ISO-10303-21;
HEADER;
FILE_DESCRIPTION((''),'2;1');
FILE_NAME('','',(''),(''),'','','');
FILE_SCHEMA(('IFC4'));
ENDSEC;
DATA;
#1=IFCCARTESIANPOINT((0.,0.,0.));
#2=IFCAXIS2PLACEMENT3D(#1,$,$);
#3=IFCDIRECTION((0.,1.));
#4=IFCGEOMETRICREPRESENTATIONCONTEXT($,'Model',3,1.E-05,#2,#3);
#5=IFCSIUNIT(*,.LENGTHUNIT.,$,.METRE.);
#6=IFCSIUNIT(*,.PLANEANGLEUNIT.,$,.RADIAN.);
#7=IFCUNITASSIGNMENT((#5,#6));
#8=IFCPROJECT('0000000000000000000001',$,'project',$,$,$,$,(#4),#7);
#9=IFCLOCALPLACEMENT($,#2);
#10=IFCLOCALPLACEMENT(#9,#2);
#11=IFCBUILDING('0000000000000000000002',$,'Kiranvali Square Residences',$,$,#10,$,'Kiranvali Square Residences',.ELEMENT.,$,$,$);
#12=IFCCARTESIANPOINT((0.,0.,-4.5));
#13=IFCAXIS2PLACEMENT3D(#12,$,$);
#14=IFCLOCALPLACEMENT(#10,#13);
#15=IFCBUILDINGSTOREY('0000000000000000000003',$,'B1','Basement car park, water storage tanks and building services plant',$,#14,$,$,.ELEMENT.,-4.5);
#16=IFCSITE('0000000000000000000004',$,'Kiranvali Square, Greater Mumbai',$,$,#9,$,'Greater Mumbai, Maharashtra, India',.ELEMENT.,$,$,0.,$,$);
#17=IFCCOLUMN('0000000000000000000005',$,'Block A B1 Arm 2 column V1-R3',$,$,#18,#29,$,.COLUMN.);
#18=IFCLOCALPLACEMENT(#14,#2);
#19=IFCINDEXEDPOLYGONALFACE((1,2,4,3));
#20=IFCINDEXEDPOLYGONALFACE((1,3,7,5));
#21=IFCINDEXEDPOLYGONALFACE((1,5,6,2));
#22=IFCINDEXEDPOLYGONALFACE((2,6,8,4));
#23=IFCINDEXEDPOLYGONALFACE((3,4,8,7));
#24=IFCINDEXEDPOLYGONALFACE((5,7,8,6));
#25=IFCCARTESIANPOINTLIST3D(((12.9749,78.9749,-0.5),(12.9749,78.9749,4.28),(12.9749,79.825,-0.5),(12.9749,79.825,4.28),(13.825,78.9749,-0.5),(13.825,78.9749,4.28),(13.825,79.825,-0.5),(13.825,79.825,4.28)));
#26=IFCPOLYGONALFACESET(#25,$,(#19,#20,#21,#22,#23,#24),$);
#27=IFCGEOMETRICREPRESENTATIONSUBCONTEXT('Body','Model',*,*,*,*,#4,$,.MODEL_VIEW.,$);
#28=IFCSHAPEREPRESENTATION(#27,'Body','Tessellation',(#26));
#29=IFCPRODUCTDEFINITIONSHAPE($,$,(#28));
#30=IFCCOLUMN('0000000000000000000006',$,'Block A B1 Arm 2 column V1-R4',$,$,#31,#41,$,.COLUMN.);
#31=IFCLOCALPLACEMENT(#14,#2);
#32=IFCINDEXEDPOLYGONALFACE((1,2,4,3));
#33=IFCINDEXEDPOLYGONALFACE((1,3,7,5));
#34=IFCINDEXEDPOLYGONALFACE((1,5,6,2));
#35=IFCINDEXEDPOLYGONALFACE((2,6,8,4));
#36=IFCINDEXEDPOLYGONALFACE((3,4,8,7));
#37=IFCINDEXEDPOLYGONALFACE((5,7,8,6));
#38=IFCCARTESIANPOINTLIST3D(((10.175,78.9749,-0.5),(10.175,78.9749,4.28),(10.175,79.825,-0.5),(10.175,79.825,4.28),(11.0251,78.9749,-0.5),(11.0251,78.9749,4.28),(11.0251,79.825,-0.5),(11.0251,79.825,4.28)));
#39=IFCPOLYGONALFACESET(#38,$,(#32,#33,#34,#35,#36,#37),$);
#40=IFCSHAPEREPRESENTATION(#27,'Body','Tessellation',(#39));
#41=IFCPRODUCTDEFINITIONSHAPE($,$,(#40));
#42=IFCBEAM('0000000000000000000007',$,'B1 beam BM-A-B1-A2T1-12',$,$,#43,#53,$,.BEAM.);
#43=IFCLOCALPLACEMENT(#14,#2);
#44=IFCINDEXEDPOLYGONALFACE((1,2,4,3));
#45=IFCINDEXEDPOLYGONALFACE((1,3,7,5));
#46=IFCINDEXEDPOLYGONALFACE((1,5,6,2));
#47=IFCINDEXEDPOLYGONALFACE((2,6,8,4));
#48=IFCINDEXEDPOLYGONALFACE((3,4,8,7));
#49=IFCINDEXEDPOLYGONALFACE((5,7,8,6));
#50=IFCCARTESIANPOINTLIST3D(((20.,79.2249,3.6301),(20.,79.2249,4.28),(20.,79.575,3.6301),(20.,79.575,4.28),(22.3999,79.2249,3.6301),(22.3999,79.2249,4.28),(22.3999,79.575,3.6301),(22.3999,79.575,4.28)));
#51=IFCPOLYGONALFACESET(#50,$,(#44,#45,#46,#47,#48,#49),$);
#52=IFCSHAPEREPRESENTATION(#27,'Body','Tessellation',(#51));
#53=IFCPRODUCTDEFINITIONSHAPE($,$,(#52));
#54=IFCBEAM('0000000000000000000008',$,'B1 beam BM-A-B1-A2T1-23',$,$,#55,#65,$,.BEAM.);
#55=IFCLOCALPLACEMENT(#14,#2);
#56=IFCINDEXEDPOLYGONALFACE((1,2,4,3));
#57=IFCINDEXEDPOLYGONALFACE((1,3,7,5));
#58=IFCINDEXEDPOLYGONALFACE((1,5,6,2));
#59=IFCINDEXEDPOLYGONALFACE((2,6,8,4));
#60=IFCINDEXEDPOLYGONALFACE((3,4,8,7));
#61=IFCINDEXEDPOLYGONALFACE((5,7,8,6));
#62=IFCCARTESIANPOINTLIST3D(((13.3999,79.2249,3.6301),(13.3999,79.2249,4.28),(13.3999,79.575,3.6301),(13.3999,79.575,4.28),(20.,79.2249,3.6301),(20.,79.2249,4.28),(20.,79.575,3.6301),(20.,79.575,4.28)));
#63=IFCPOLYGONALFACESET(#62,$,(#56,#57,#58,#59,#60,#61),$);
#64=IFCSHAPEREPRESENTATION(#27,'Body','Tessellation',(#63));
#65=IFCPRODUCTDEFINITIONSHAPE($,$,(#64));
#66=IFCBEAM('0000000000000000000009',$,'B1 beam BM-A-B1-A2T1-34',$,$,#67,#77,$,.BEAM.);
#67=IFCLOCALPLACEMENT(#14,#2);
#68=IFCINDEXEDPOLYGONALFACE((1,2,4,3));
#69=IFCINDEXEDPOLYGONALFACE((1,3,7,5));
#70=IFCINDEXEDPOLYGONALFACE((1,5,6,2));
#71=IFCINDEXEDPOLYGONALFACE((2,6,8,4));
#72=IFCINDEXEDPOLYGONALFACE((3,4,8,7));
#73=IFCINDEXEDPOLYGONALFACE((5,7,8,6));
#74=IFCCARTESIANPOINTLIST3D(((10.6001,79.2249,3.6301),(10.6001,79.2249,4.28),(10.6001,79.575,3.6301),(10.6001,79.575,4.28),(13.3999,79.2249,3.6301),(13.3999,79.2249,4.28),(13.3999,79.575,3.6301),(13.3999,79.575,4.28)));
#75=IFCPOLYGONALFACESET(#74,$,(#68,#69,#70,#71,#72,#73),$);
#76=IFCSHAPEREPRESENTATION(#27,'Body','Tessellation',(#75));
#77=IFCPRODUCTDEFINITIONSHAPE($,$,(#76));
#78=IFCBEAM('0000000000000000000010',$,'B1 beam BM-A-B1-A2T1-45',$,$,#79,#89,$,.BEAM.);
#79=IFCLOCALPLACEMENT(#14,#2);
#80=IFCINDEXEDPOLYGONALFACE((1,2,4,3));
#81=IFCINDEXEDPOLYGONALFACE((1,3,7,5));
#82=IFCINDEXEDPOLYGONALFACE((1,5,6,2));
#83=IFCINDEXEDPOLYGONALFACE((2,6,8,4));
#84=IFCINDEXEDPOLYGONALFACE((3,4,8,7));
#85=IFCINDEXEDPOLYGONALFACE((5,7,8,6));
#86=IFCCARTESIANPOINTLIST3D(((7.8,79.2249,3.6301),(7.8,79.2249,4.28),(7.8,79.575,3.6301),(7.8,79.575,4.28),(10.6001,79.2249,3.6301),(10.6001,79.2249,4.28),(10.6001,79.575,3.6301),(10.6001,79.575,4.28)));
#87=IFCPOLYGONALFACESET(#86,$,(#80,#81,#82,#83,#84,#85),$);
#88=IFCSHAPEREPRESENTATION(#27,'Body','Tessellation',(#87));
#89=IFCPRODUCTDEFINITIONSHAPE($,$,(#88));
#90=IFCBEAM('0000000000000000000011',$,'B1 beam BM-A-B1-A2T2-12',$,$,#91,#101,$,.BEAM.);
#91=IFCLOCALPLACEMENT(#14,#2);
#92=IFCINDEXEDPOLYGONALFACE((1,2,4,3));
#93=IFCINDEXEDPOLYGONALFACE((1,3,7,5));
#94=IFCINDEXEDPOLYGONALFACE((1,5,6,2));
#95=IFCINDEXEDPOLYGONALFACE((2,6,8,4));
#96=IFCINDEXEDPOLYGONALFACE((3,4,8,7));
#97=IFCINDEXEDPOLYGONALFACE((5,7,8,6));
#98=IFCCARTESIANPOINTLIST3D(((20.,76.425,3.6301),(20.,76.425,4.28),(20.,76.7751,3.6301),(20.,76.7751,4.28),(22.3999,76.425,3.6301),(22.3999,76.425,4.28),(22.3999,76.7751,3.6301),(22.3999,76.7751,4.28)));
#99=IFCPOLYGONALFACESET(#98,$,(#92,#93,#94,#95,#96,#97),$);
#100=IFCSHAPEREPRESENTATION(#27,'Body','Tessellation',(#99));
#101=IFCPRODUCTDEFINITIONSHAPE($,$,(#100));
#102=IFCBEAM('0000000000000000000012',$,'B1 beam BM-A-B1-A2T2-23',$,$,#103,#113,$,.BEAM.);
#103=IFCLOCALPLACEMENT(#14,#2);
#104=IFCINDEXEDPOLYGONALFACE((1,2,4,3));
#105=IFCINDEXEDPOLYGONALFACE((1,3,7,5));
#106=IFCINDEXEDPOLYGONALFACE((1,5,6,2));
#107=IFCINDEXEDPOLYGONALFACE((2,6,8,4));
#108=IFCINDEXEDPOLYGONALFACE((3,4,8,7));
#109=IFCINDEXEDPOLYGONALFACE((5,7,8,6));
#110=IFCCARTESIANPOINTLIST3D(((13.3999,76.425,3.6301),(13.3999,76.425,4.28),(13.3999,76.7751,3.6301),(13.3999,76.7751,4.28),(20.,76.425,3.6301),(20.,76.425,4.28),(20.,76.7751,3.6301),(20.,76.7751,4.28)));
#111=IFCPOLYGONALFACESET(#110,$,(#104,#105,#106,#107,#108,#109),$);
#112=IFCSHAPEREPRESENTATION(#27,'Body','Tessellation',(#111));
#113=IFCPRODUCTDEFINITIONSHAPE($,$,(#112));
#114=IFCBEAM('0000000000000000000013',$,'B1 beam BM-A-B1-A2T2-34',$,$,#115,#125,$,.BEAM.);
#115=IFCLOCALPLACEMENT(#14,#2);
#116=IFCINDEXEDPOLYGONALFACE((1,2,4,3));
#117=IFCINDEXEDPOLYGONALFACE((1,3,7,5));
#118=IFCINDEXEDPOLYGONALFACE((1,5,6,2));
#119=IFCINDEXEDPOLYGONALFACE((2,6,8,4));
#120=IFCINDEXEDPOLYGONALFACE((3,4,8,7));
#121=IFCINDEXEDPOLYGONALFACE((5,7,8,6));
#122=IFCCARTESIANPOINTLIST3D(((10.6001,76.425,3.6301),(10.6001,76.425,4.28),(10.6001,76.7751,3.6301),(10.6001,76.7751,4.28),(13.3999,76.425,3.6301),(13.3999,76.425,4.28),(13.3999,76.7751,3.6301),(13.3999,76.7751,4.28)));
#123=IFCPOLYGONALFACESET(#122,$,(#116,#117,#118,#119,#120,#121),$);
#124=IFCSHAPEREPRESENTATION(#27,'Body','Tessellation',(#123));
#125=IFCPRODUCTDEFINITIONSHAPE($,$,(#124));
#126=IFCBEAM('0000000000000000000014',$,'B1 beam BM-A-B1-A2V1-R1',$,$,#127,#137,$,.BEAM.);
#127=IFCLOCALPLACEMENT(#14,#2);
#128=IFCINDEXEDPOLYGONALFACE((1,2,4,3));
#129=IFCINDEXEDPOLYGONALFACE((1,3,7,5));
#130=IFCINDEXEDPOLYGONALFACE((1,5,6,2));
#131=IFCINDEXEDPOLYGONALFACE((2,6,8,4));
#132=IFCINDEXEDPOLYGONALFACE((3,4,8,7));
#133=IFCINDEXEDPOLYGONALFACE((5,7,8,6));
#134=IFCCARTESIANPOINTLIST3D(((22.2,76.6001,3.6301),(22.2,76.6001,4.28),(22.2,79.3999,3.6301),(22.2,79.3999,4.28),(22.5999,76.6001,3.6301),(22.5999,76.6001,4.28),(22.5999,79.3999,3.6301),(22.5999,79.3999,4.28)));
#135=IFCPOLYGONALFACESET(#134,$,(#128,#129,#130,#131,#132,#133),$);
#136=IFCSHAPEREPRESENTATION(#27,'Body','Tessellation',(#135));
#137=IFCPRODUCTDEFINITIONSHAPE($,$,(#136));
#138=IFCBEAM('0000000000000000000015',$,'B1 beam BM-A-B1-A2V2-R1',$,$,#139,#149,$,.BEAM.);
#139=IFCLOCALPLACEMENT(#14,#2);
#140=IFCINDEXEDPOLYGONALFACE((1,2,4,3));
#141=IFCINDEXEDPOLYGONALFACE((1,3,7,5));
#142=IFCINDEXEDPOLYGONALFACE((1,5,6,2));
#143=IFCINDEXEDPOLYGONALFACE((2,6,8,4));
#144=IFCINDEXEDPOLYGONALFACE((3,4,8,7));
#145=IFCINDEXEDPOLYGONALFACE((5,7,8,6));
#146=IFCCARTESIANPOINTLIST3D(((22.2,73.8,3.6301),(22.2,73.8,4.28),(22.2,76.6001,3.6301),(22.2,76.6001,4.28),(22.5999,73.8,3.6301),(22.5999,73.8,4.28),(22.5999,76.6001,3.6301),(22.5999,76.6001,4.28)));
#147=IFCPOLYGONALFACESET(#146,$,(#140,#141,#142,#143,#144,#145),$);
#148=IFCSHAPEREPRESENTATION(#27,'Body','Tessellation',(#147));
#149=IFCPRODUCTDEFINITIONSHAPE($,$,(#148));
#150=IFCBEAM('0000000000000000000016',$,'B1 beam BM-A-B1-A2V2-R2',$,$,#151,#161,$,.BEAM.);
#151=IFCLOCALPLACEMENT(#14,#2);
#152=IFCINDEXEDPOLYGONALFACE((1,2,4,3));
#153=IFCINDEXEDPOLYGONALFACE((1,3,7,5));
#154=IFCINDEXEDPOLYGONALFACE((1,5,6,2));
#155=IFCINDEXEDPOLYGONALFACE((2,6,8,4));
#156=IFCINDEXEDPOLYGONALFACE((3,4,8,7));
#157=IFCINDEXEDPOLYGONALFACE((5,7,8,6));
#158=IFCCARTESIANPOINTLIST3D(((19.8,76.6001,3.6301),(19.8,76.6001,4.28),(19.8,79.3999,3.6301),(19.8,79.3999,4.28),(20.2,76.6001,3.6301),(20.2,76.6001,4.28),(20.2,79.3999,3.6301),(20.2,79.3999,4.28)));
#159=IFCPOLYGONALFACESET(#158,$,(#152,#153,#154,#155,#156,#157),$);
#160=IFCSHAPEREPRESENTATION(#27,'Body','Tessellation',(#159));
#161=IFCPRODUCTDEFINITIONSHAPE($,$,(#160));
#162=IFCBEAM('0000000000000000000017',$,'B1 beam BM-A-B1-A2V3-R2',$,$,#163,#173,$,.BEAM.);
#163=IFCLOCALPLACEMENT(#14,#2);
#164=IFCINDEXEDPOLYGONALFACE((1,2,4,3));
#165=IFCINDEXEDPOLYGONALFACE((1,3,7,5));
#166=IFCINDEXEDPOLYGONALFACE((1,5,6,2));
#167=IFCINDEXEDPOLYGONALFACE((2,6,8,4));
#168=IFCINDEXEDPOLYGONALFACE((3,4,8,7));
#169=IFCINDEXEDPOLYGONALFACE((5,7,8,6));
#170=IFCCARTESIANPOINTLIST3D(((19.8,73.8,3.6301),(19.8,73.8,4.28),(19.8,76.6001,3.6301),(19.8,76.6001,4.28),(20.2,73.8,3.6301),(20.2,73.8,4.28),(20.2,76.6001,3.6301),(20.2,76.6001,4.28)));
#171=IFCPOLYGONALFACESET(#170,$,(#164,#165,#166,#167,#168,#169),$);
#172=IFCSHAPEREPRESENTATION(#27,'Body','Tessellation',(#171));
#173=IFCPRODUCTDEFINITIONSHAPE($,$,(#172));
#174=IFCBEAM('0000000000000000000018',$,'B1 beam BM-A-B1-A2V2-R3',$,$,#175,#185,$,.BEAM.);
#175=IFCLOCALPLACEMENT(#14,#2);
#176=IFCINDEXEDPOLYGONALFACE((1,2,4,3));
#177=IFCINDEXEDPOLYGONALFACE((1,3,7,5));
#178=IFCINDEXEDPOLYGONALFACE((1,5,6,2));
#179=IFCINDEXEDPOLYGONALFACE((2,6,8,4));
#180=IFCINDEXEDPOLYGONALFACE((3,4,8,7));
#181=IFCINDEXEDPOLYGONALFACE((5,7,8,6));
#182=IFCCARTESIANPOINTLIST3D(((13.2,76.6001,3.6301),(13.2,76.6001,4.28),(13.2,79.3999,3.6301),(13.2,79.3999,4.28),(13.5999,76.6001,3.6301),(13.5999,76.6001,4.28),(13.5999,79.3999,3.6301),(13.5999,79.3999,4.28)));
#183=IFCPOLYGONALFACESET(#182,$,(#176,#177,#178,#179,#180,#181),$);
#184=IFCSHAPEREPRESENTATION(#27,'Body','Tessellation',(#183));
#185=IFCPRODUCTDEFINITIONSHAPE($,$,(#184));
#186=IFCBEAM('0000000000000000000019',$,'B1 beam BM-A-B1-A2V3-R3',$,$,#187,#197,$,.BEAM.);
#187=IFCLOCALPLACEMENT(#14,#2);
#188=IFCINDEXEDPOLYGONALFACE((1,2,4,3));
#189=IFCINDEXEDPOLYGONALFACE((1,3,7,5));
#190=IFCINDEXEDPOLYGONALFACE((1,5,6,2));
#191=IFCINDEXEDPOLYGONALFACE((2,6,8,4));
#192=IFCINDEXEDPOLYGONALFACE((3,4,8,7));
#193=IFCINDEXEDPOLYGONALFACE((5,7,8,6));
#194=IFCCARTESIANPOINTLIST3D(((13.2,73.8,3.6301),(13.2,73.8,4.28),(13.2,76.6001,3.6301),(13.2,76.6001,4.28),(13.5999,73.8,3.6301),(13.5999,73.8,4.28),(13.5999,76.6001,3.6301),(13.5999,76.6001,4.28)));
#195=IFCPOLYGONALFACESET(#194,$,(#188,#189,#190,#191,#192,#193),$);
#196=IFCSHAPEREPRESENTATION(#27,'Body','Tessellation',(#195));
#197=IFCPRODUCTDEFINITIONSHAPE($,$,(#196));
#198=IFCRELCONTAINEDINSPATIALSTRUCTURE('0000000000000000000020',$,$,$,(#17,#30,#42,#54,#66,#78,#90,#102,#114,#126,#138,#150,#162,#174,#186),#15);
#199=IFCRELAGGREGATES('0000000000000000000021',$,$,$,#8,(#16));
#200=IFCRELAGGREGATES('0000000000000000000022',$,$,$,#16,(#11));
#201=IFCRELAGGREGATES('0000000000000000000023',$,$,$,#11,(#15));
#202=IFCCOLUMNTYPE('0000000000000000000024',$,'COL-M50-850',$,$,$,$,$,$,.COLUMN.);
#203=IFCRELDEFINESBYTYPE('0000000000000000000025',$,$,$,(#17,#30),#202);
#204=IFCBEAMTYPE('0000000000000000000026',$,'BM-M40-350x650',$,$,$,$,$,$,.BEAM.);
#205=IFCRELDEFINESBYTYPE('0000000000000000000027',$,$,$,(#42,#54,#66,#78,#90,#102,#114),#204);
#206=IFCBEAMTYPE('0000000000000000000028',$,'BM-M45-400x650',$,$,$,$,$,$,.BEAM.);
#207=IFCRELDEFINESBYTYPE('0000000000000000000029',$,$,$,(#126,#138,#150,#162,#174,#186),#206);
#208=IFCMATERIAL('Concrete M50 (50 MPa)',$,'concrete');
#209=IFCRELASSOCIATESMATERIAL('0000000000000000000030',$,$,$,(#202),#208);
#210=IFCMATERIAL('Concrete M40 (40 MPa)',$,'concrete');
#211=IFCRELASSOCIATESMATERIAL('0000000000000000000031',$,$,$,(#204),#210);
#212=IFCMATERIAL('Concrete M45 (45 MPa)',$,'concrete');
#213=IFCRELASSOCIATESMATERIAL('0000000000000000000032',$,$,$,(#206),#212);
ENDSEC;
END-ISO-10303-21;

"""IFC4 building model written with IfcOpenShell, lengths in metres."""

from ifc_helpers import new_model, si_unit, direction, frame, origin, origin_2d, place, context, subcontext, project, spatial, rectangle, extrude, material, material_profile, profile_set, type_object, element, save


model = new_model("IFC4")

# Units and contexts
model_context = context("Model", 3, precision=1e-05, world=origin(), true_north=direction((0.0, 1.0)))
body_context = subcontext(model_context, "Body", "Model", "MODEL_VIEW")
ifc_project = project(units=[si_unit("LENGTHUNIT", "METRE"), si_unit("PLANEANGLEUNIT", "RADIAN")], contexts=[model_context])

# Site, building, storey
site_placement = place(None, origin())
site = spatial("IfcSite", under=ifc_project, at=site_placement, Name="Kiranvali Square, Greater Mumbai", LongName="Greater Mumbai, Maharashtra, India", CompositionType="ELEMENT", RefElevation=0.0)
building_placement = place(site_placement, origin())
building = spatial("IfcBuilding", under=site, at=building_placement, Name="Kiranvali Square Residences", LongName="Kiranvali Square Residences", CompositionType="ELEMENT")
storey_placement = place(building_placement, frame((0.0, 0.0, -4.5)))
storey = spatial("IfcBuildingStorey", under=building, at=storey_placement, Name="B1", Description="Basement car park, water storage tanks and building services plant", CompositionType="ELEMENT", Elevation=-4.5)

# Shared definitions
ifc_material_1 = material(Name="Concrete M40 (40 MPa)", Category="concrete")

# Columns
ifc_material_2 = material(Name="Concrete M45 (45 MPa)", Category="concrete")
ifc_material_3 = material(Name="Concrete M50 (50 MPa)", Category="concrete")
ifc_material_profile_1 = material_profile(ifc_material_3, rectangle(XDim=0.8501, YDim=0.8501, at=origin_2d()), Name="RC 850x850")
ifc_profile_set_1 = profile_set([ifc_material_profile_1], Name="Concrete M50 (50 MPa)")
column_type_1 = type_object("IfcColumnType", Name="COL-M50-850", PredefinedType="COLUMN", material=ifc_profile_set_1)
for number, where, z_axis, x_axis, name in (
    (1, (13.3999, 79.3999, -0.5), (0.0, 0.0, 1.0), (1.0, 0.0, 0.0), "Block A B1 Arm 2 column V1-R3"),
    (2, (10.6001, 79.3999, -0.5), (0.0, 0.0, 1.0), (1.0, 0.0, 0.0), "Block A B1 Arm 2 column V1-R4"),
):
    element("IfcColumn", number, at=place(storey_placement, frame(where, z_axis=z_axis, x_axis=x_axis)), inside=storey, type_object=column_type_1, Name=name, PredefinedType="COLUMN", context=body_context, shape_type="SweptSolid", body=[
        extrude(rectangle(XDim=0.8501, YDim=0.8501, at=origin_2d()), origin(), (0.0, 0.0, 1.0), 4.78),
    ])

# Beams
ifc_material_profile_2 = material_profile(ifc_material_1, rectangle(XDim=0.3501, YDim=0.6499, at=origin_2d()), Name="RC 350x650")
ifc_profile_set_2 = profile_set([ifc_material_profile_2], Name="Concrete M40 (40 MPa)")
beam_type_1 = type_object("IfcBeamType", Name="BM-M40-350x650", PredefinedType="BEAM", material=ifc_profile_set_2)
beam_1_placement = place(storey_placement, frame((22.3999, 79.3999, 3.9551), z_axis=(-1.0, 0.0, 0.0), x_axis=(0.0, -1.0, 0.0)))
element("IfcBeam", 3, at=beam_1_placement, inside=storey, type_object=beam_type_1, Name="B1 beam BM-A-B1-A2T1-12", PredefinedType="BEAM", context=body_context, shape_type="SweptSolid", body=[
    extrude(rectangle(XDim=0.3501, YDim=0.6499, at=origin_2d()), origin(), (0.0, 0.0, 1.0), 2.3999),
])
beam_2_placement = place(storey_placement, frame((20.0, 79.3999, 3.9551), z_axis=(-1.0, 0.0, 0.0), x_axis=(0.0, -1.0, 0.0)))
element("IfcBeam", 4, at=beam_2_placement, inside=storey, type_object=beam_type_1, Name="B1 beam BM-A-B1-A2T1-23", PredefinedType="BEAM", context=body_context, shape_type="SweptSolid", body=[
    extrude(rectangle(XDim=0.3501, YDim=0.6499, at=origin_2d()), origin(), (0.0, 0.0, 1.0), 6.6001),
])
beam_3_placement = place(storey_placement, frame((13.3999, 79.3999, 3.9551), z_axis=(-1.0, 0.0, 0.0), x_axis=(0.0, -1.0, 0.0)))
element("IfcBeam", 5, at=beam_3_placement, inside=storey, type_object=beam_type_1, Name="B1 beam BM-A-B1-A2T1-34", PredefinedType="BEAM", context=body_context, shape_type="SweptSolid", body=[
    extrude(rectangle(XDim=0.3501, YDim=0.6499, at=origin_2d()), origin(), (0.0, 0.0, 1.0), 2.7998),
])
beam_4_placement = place(storey_placement, frame((10.6001, 79.3999, 3.9551), z_axis=(-1.0, 0.0, 0.0), x_axis=(0.0, -1.0, 0.0)))
element("IfcBeam", 6, at=beam_4_placement, inside=storey, type_object=beam_type_1, Name="B1 beam BM-A-B1-A2T1-45", PredefinedType="BEAM", context=body_context, shape_type="SweptSolid", body=[
    extrude(rectangle(XDim=0.3501, YDim=0.6499, at=origin_2d()), origin(), (0.0, 0.0, 1.0), 2.8),
])
beam_5_placement = place(storey_placement, frame((22.3999, 76.6001, 3.9551), z_axis=(-1.0, 0.0, 0.0), x_axis=(0.0, -1.0, 0.0)))
element("IfcBeam", 7, at=beam_5_placement, inside=storey, type_object=beam_type_1, Name="B1 beam BM-A-B1-A2T2-12", PredefinedType="BEAM", context=body_context, shape_type="SweptSolid", body=[
    extrude(rectangle(XDim=0.3501, YDim=0.6499, at=origin_2d()), origin(), (0.0, 0.0, 1.0), 2.3999),
])
beam_6_placement = place(storey_placement, frame((20.0, 76.6001, 3.9551), z_axis=(-1.0, 0.0, 0.0), x_axis=(0.0, -1.0, 0.0)))
element("IfcBeam", 8, at=beam_6_placement, inside=storey, type_object=beam_type_1, Name="B1 beam BM-A-B1-A2T2-23", PredefinedType="BEAM", context=body_context, shape_type="SweptSolid", body=[
    extrude(rectangle(XDim=0.3501, YDim=0.6499, at=origin_2d()), origin(), (0.0, 0.0, 1.0), 6.6001),
])
beam_7_placement = place(storey_placement, frame((13.3999, 76.6001, 3.9551), z_axis=(-1.0, 0.0, 0.0), x_axis=(0.0, -1.0, 0.0)))
element("IfcBeam", 9, at=beam_7_placement, inside=storey, type_object=beam_type_1, Name="B1 beam BM-A-B1-A2T2-34", PredefinedType="BEAM", context=body_context, shape_type="SweptSolid", body=[
    extrude(rectangle(XDim=0.3501, YDim=0.6499, at=origin_2d()), origin(), (0.0, 0.0, 1.0), 2.7998),
])
ifc_material_profile_3 = material_profile(ifc_material_2, rectangle(XDim=0.3999, YDim=0.6499, at=origin_2d()), Name="RC 400x650")
ifc_profile_set_3 = profile_set([ifc_material_profile_3], Name="Concrete M45 (45 MPa)")
beam_type_2 = type_object("IfcBeamType", Name="BM-M45-400x650", PredefinedType="BEAM", material=ifc_profile_set_3)
beam_8_placement = place(storey_placement, frame((22.3999, 79.3999, 3.9551), z_axis=(0.0, -1.0, 0.0), x_axis=(1.0, 0.0, 0.0)))
element("IfcBeam", 10, at=beam_8_placement, inside=storey, type_object=beam_type_2, Name="B1 beam BM-A-B1-A2V1-R1", PredefinedType="BEAM", context=body_context, shape_type="SweptSolid", body=[
    extrude(rectangle(XDim=0.3999, YDim=0.6499, at=origin_2d()), origin(), (0.0, 0.0, 1.0), 2.7998),
])
beam_9_placement = place(storey_placement, frame((22.3999, 76.6001, 3.9551), z_axis=(0.0, -1.0, 0.0), x_axis=(1.0, 0.0, 0.0)))
element("IfcBeam", 11, at=beam_9_placement, inside=storey, type_object=beam_type_2, Name="B1 beam BM-A-B1-A2V2-R1", PredefinedType="BEAM", context=body_context, shape_type="SweptSolid", body=[
    extrude(rectangle(XDim=0.3999, YDim=0.6499, at=origin_2d()), origin(), (0.0, 0.0, 1.0), 2.8),
])
beam_10_placement = place(storey_placement, frame((20.0, 79.3999, 3.9551), z_axis=(0.0, -1.0, 0.0), x_axis=(1.0, 0.0, 0.0)))
element("IfcBeam", 12, at=beam_10_placement, inside=storey, type_object=beam_type_2, Name="B1 beam BM-A-B1-A2V2-R2", PredefinedType="BEAM", context=body_context, shape_type="SweptSolid", body=[
    extrude(rectangle(XDim=0.3999, YDim=0.6499, at=origin_2d()), origin(), (0.0, 0.0, 1.0), 2.7998),
])
beam_11_placement = place(storey_placement, frame((20.0, 76.6001, 3.9551), z_axis=(0.0, -1.0, 0.0), x_axis=(1.0, 0.0, 0.0)))
element("IfcBeam", 13, at=beam_11_placement, inside=storey, type_object=beam_type_2, Name="B1 beam BM-A-B1-A2V3-R2", PredefinedType="BEAM", context=body_context, shape_type="SweptSolid", body=[
    extrude(rectangle(XDim=0.3999, YDim=0.6499, at=origin_2d()), origin(), (0.0, 0.0, 1.0), 2.8),
])
beam_12_placement = place(storey_placement, frame((13.3999, 79.3999, 3.9551), z_axis=(0.0, -1.0, 0.0), x_axis=(1.0, 0.0, 0.0)))
element("IfcBeam", 14, at=beam_12_placement, inside=storey, type_object=beam_type_2, Name="B1 beam BM-A-B1-A2V2-R3", PredefinedType="BEAM", context=body_context, shape_type="SweptSolid", body=[
    extrude(rectangle(XDim=0.3999, YDim=0.6499, at=origin_2d()), origin(), (0.0, 0.0, 1.0), 2.7998),
])
beam_13_placement = place(storey_placement, frame((13.3999, 76.6001, 3.9551), z_axis=(0.0, -1.0, 0.0), x_axis=(1.0, 0.0, 0.0)))
element("IfcBeam", 15, at=beam_13_placement, inside=storey, type_object=beam_type_2, Name="B1 beam BM-A-B1-A2V3-R3", PredefinedType="BEAM", context=body_context, shape_type="SweptSolid", body=[
    extrude(rectangle(XDim=0.3999, YDim=0.6499, at=origin_2d()), origin(), (0.0, 0.0, 1.0), 2.8),
])

save(model, "model.ifc")
